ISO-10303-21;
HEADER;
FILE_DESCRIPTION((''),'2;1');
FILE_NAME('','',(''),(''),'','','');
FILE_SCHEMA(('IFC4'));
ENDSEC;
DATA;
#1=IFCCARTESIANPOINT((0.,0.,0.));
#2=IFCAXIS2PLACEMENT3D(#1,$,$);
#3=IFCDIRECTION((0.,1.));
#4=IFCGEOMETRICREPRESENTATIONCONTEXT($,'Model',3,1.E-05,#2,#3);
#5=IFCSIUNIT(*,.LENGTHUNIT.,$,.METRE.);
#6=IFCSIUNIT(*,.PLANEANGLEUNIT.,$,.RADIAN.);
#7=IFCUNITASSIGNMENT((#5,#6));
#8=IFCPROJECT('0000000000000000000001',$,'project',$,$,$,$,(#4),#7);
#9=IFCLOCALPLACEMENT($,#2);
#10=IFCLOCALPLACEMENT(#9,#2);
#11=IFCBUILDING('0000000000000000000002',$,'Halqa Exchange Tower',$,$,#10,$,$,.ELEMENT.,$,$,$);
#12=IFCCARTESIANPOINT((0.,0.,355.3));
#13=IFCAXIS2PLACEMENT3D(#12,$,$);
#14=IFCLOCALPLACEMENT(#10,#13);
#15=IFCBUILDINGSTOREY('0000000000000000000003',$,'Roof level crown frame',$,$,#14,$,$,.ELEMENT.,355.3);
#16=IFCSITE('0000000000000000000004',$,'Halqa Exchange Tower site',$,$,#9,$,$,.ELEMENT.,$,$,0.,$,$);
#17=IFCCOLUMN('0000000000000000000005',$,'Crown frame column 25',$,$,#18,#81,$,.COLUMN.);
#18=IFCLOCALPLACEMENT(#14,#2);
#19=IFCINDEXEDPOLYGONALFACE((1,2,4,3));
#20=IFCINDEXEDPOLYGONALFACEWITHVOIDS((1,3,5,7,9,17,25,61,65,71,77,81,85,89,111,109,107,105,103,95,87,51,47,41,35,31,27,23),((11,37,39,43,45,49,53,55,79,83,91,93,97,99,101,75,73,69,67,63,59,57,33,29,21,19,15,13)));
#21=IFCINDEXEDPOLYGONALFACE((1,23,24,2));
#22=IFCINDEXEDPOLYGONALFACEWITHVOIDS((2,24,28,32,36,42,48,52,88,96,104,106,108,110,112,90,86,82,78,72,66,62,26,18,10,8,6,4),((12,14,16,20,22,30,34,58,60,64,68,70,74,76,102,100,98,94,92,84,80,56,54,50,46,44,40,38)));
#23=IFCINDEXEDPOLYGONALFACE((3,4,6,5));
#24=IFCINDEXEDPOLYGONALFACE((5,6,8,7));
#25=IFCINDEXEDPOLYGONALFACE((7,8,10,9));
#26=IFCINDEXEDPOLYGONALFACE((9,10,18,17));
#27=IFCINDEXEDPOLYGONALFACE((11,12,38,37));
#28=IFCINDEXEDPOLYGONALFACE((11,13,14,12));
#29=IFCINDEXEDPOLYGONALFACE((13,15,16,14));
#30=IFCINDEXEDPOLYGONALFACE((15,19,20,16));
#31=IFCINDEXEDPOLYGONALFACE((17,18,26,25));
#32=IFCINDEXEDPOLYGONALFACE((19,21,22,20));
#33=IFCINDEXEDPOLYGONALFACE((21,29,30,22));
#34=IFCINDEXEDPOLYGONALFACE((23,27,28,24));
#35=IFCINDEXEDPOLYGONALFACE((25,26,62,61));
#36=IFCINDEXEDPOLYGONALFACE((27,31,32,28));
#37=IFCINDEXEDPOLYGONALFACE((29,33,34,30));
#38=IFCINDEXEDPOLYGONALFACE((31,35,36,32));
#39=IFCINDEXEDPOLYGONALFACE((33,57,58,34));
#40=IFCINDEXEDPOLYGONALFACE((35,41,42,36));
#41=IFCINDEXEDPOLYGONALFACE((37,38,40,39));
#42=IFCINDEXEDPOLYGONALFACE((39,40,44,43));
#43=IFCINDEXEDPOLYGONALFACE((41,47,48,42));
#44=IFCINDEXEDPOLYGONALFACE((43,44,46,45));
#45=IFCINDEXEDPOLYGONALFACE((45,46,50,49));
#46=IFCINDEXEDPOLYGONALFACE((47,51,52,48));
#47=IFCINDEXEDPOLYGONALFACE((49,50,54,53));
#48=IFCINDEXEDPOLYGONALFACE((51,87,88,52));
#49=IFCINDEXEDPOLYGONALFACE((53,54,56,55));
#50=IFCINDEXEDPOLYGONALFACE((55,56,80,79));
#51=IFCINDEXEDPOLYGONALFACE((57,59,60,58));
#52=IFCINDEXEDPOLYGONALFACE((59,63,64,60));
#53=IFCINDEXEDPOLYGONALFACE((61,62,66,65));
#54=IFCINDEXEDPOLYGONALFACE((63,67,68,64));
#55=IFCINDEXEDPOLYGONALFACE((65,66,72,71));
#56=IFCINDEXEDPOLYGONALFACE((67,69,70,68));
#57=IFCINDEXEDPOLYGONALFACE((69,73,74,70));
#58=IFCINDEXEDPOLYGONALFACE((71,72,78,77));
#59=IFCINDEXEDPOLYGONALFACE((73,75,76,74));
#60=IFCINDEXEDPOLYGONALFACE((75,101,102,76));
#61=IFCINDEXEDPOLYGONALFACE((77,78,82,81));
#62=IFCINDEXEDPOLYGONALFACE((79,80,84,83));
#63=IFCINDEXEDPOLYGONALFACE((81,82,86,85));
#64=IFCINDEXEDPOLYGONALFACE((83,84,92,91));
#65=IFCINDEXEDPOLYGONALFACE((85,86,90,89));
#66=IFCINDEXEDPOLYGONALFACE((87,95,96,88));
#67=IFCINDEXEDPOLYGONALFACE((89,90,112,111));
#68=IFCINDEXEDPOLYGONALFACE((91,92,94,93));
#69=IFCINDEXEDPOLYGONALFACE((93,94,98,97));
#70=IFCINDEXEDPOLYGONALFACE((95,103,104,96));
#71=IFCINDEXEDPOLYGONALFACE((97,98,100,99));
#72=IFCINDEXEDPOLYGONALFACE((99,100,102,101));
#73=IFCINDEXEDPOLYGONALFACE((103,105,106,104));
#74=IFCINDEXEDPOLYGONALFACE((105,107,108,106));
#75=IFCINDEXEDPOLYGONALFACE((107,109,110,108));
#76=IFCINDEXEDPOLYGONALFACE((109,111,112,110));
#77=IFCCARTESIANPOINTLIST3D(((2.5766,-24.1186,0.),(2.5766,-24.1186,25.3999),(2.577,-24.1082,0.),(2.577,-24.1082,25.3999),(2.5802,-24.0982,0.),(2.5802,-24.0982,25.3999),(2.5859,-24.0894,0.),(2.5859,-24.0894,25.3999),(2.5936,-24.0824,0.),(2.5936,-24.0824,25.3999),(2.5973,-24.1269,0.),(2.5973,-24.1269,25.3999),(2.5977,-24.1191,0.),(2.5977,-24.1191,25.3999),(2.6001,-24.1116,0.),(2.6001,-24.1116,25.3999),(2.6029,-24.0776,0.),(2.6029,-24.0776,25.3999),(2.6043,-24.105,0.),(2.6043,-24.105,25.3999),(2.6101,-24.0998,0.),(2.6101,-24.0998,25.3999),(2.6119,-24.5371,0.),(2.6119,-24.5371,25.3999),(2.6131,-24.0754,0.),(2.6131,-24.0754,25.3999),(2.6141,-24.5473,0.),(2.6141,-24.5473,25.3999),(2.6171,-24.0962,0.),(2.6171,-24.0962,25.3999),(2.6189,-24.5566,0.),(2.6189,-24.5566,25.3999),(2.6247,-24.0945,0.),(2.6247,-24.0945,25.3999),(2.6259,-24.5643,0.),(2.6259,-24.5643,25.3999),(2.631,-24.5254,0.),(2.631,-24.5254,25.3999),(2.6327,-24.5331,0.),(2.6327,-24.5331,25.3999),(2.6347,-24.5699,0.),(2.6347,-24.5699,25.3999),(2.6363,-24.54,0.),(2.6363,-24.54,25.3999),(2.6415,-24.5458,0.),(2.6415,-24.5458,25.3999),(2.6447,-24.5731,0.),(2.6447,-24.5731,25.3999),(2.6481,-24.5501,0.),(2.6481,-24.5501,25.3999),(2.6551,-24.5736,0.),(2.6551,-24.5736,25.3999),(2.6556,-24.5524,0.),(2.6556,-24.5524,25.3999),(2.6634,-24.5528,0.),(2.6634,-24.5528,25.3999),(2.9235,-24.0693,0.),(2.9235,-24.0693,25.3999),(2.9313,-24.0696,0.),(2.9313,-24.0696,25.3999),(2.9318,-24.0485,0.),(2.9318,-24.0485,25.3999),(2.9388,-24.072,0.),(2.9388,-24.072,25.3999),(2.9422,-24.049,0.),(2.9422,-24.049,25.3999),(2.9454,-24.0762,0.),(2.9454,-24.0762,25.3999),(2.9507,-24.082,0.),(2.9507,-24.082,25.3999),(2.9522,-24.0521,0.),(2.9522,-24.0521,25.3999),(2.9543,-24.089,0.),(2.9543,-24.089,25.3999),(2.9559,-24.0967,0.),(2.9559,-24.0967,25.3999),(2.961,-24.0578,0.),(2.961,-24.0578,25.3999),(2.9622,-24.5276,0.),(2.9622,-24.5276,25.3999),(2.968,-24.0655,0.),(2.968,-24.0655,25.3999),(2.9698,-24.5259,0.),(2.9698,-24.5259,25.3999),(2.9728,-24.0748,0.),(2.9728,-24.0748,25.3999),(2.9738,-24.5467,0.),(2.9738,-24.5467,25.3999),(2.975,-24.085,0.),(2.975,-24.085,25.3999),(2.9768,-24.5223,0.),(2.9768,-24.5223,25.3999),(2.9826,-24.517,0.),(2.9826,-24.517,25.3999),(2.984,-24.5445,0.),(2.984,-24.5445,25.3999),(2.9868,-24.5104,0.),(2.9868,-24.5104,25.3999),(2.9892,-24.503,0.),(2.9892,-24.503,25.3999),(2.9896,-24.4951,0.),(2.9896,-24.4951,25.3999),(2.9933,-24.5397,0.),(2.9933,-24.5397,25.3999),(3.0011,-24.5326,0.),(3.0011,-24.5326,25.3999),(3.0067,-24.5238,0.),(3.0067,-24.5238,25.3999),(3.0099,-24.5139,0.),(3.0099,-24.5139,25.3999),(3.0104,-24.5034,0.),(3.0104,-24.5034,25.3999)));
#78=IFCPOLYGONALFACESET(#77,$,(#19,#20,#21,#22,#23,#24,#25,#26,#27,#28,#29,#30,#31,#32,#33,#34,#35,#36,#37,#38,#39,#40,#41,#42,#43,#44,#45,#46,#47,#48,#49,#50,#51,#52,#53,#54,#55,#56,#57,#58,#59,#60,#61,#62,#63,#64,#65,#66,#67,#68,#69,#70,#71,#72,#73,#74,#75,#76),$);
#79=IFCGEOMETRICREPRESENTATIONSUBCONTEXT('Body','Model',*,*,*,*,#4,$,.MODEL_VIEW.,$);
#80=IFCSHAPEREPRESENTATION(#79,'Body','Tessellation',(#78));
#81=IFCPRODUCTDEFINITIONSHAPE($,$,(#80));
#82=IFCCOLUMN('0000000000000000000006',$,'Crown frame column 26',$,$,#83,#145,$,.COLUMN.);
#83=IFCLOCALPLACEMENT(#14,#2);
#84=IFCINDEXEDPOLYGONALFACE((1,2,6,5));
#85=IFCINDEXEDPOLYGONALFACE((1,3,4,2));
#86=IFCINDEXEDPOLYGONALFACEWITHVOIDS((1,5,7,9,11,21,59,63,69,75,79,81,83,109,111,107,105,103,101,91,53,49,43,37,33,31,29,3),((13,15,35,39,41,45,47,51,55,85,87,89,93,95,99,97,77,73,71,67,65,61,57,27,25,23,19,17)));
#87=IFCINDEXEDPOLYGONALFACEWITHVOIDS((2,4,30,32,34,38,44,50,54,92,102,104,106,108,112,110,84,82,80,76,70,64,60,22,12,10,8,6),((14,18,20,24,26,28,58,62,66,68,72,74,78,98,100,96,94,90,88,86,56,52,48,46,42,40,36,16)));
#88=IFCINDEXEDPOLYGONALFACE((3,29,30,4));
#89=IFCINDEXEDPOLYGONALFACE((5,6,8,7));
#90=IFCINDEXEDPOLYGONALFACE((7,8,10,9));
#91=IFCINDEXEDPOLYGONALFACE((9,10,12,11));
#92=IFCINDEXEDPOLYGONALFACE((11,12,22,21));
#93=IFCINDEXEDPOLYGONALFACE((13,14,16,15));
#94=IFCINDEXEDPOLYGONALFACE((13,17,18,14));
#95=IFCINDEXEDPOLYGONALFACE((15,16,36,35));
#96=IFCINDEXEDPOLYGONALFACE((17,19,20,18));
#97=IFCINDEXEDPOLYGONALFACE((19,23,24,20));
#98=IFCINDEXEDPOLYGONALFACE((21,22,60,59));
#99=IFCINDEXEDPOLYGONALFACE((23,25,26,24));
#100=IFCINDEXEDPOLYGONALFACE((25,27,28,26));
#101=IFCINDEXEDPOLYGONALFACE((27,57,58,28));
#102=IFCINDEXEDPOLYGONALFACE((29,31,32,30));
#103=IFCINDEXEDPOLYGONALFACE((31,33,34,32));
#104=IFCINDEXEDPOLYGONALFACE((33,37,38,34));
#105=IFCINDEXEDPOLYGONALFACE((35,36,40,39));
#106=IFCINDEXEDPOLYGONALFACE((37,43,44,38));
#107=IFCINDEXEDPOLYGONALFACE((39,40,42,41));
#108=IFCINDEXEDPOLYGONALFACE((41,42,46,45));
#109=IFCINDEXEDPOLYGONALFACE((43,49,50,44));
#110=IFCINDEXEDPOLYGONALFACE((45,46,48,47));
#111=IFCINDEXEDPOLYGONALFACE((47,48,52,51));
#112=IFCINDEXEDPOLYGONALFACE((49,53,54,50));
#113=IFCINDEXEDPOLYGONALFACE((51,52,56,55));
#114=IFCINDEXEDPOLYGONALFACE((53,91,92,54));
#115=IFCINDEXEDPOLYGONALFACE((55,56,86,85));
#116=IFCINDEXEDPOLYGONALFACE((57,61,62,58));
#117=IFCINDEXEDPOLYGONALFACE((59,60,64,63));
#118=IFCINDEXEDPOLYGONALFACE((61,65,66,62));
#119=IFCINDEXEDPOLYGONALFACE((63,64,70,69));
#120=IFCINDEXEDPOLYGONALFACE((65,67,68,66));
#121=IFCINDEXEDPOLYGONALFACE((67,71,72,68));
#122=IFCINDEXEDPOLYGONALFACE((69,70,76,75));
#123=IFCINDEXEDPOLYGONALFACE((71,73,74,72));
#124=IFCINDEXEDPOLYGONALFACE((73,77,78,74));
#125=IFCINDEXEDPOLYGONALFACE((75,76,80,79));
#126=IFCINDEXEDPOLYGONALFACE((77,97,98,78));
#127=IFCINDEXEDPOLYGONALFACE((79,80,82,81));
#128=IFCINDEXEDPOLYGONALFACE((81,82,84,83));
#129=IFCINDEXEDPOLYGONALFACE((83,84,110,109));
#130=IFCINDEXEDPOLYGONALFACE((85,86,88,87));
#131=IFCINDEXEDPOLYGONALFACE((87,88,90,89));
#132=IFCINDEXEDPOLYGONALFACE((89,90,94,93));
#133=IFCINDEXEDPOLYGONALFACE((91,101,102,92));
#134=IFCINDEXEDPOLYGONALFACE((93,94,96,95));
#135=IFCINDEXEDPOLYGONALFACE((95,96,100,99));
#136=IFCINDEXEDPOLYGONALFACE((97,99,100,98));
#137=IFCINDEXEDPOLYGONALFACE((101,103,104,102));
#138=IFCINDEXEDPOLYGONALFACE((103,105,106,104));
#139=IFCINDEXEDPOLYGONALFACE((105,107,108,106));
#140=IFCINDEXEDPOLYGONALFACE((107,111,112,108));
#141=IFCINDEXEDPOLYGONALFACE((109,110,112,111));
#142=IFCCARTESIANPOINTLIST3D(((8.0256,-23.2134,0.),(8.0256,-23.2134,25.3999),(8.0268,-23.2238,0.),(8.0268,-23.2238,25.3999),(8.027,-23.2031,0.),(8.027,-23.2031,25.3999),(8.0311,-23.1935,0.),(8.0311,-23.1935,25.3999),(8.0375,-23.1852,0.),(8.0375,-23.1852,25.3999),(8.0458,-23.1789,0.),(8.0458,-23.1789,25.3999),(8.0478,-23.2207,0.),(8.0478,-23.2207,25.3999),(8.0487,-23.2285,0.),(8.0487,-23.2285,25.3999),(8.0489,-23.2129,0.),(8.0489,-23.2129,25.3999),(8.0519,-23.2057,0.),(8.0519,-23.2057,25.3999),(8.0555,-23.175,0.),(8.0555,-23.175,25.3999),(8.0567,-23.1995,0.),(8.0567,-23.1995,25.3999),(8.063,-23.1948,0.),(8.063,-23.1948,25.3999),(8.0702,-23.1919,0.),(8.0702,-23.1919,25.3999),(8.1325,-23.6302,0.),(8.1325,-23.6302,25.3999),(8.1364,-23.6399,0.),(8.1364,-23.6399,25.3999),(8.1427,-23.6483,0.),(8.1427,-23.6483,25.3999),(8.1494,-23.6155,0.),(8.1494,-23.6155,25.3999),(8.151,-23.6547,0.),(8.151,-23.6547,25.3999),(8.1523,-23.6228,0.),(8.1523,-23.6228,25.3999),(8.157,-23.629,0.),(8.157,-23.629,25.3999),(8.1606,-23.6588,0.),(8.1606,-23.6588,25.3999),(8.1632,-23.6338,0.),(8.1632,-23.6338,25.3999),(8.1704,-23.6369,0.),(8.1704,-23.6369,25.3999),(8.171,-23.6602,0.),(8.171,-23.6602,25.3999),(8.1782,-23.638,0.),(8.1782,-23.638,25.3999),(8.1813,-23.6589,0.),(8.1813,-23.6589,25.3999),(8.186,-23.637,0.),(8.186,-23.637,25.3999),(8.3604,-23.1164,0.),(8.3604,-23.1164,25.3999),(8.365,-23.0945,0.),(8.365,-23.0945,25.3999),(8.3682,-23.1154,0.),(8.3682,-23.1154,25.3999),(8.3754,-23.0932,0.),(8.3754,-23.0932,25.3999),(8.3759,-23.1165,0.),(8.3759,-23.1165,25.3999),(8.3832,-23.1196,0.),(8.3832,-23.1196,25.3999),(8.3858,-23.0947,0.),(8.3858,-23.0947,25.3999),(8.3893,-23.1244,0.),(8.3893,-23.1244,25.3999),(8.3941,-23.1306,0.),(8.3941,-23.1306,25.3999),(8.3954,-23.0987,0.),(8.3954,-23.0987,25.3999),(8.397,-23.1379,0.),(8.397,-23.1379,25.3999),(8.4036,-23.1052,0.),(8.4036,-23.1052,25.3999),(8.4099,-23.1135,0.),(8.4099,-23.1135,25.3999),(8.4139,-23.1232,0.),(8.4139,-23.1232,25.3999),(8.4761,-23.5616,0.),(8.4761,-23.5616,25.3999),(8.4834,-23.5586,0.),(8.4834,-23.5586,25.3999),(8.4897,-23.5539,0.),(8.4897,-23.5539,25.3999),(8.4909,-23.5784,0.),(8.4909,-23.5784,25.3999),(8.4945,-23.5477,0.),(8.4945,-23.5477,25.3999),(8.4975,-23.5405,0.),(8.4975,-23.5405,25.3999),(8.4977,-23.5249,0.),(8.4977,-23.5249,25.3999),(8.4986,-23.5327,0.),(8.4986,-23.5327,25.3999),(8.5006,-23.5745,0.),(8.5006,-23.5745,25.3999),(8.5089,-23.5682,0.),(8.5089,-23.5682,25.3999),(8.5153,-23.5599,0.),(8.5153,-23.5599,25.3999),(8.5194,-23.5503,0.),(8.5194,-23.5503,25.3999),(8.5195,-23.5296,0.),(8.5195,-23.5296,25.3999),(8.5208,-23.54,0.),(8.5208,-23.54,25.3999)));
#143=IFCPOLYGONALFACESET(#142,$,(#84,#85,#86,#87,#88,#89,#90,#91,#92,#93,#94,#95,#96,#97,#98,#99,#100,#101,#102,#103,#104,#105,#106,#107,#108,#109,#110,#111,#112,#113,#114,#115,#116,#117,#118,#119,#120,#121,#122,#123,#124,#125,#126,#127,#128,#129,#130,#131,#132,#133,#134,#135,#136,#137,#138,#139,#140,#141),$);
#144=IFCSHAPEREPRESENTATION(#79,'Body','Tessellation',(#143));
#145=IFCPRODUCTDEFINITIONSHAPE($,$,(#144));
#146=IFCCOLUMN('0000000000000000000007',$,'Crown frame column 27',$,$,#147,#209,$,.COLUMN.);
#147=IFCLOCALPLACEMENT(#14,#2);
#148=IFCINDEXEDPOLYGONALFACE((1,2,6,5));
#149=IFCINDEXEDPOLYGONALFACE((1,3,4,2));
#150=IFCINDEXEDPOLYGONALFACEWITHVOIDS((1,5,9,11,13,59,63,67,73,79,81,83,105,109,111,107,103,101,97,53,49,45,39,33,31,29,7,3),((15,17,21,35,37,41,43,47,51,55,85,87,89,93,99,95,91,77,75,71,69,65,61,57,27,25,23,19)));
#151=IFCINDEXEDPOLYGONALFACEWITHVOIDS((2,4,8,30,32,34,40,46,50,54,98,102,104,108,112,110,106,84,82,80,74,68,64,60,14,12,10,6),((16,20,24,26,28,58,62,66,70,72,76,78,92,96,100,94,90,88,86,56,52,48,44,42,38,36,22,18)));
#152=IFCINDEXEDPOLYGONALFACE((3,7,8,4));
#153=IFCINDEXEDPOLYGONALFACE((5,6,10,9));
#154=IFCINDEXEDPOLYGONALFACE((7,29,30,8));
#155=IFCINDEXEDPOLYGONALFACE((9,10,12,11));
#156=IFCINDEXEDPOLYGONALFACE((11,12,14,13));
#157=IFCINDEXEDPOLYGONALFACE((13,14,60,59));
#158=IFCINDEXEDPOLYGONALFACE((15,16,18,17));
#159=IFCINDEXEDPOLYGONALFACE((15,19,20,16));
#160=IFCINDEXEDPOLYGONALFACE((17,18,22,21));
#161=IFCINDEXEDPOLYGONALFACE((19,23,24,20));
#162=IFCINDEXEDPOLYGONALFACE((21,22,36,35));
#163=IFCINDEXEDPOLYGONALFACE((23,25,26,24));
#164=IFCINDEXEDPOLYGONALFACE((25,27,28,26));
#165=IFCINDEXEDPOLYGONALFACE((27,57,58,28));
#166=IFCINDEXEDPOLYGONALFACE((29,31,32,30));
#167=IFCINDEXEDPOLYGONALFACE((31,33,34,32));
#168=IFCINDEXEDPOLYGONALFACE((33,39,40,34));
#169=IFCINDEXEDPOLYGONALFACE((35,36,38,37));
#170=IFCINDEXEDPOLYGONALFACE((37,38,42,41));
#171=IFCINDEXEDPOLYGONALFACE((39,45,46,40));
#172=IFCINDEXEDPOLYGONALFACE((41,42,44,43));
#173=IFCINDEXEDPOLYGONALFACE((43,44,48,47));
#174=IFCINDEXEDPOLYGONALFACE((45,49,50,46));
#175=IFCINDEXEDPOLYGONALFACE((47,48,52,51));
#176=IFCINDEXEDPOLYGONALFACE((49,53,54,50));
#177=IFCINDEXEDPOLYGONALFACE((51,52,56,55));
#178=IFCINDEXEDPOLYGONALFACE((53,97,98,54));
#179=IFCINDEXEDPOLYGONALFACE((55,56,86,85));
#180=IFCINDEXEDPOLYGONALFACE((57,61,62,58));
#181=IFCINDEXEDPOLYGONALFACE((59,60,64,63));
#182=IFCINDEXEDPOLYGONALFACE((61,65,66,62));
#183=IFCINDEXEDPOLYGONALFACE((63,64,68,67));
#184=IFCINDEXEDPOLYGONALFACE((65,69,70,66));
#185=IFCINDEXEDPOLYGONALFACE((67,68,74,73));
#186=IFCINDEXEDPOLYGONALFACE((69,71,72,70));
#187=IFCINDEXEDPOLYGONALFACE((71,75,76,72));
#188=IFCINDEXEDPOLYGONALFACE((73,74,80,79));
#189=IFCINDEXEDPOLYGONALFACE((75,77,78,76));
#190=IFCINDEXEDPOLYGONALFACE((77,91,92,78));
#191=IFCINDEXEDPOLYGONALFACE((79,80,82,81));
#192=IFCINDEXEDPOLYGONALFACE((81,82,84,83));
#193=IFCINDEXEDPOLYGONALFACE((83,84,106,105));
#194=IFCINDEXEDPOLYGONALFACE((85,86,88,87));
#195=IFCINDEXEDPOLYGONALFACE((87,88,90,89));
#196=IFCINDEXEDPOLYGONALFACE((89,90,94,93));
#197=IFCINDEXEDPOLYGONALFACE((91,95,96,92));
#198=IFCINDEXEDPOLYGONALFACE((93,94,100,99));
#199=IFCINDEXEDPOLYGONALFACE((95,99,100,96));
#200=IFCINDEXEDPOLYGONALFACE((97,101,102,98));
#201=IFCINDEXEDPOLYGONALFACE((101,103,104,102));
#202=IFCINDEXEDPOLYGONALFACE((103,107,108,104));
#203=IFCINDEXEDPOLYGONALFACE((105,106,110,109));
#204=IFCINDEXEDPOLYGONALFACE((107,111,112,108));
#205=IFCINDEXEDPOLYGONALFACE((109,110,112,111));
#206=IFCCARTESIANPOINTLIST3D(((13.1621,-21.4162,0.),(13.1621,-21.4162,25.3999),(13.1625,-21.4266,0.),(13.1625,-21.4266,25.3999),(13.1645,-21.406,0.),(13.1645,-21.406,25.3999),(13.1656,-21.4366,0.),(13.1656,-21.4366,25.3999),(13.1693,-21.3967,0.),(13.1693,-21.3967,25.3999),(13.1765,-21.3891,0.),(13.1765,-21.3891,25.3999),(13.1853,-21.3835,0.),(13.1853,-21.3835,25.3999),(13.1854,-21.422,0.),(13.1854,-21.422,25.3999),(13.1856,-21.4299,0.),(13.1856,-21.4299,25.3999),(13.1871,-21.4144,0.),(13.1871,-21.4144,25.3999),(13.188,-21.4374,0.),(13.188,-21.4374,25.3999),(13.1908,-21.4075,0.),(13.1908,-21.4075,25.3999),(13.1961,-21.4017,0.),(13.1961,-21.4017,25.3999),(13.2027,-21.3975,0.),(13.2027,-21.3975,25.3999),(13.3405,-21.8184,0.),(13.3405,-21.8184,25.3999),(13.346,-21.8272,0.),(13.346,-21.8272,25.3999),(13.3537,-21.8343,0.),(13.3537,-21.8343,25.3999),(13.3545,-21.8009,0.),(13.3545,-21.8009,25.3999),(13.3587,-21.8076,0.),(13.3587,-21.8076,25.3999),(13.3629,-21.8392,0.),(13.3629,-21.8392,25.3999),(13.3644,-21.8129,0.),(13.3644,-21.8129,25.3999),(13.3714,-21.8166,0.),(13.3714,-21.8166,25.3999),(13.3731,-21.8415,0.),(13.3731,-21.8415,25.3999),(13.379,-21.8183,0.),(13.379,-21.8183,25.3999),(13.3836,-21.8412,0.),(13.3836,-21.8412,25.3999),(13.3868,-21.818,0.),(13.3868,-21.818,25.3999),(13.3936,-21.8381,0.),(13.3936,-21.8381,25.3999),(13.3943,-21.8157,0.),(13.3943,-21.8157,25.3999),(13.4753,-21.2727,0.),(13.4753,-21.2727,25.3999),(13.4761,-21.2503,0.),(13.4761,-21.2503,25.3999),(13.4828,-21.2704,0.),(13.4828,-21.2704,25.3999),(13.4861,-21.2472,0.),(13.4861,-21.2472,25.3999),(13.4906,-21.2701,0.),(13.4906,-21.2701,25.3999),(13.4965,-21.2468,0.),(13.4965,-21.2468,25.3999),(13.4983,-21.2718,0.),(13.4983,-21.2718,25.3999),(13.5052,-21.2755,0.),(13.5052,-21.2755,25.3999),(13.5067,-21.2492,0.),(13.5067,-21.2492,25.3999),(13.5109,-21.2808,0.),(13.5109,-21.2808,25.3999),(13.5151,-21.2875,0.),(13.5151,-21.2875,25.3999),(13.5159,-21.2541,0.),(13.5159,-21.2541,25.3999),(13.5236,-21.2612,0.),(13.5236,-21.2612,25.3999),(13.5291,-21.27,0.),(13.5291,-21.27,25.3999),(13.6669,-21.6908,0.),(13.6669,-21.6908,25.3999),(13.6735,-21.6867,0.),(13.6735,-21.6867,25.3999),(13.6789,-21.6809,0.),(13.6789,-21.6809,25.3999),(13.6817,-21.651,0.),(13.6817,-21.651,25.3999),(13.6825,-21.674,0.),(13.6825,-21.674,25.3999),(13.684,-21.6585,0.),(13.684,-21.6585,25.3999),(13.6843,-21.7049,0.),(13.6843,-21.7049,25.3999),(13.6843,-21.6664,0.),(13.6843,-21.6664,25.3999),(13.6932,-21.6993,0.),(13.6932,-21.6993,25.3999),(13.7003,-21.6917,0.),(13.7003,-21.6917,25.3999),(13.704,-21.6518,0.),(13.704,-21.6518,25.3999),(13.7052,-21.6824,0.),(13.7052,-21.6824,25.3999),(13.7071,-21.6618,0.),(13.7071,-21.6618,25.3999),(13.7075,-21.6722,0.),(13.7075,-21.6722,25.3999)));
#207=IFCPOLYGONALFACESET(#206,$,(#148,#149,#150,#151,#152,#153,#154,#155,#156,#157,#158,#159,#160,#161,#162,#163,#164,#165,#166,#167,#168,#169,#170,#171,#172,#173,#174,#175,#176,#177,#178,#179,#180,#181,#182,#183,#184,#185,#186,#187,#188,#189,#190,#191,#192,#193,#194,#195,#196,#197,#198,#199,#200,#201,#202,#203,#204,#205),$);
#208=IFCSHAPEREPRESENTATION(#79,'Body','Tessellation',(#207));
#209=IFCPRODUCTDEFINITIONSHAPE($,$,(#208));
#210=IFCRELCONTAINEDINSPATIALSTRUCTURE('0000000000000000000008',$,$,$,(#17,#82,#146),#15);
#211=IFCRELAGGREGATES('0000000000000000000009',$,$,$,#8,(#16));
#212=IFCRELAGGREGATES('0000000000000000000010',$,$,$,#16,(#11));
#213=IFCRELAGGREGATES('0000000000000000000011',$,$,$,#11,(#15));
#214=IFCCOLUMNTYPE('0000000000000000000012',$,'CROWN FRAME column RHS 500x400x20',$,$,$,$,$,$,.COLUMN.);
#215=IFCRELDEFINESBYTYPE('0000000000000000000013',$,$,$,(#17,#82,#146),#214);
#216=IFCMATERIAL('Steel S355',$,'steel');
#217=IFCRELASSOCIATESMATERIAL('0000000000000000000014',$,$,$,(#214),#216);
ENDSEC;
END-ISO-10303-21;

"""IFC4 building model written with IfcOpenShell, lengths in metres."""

from ifc_helpers import new_model, si_unit, direction, frame, origin, origin_2d, place, context, subcontext, project, spatial, hollow_rectangle, extrude, material, material_profile, profile_set, type_object, element, save


model = new_model("IFC4")

# Units and contexts
model_context = context("Model", 3, precision=1e-05, world=origin(), true_north=direction((0.0, 1.0)))
body_context = subcontext(model_context, "Body", "Model", "MODEL_VIEW")
ifc_project = project(units=[si_unit("LENGTHUNIT", "METRE"), si_unit("PLANEANGLEUNIT", "RADIAN")], contexts=[model_context])

# Site, building, storey
site_placement = place(None, origin())
site = spatial("IfcSite", under=ifc_project, at=site_placement, Name="Halqa Exchange Tower site", CompositionType="ELEMENT", RefElevation=0.0)
building_placement = place(site_placement, origin())
building = spatial("IfcBuilding", under=site, at=building_placement, Name="Halqa Exchange Tower", CompositionType="ELEMENT")
storey_placement = place(building_placement, frame((0.0, 0.0, 355.3)))
storey = spatial("IfcBuildingStorey", under=building, at=storey_placement, Name="Roof level crown frame", CompositionType="ELEMENT", Elevation=355.3)

# Columns
ifc_material_1 = material(Name="Steel S355", Category="steel")
ifc_material_profile_1 = material_profile(ifc_material_1, hollow_rectangle(XDim=0.3999, YDim=0.5, WallThickness=0.02, InnerFilletRadius=0.03, OuterFilletRadius=0.04, at=origin_2d()), Name="RHS 500x400x20")
ifc_profile_set_1 = profile_set([ifc_material_profile_1], Name="Steel S355")
column_type = type_object("IfcColumnType", Name="CROWN FRAME column RHS 500x400x20", PredefinedType="COLUMN", material=ifc_profile_set_1)
for number, where, z_axis, x_axis, name in (
    (1, (2.7935, -24.311, 0.0), (0.0, 0.0, 1.0), (0.996455, 0.084127, 0.0), "Crown frame column 25"),
    (2, (8.2732, -23.3767, 0.0), (0.0, 0.0, 1.0), (0.967819, 0.251647, 0.0), "Crown frame column 26"),
    (3, (13.4348, -21.5442, 0.0), (0.0, 0.0, 1.0), (0.909129, 0.416516, 0.0), "Crown frame column 27"),
):
    element("IfcColumn", number, at=place(storey_placement, frame(where, z_axis=z_axis, x_axis=x_axis)), inside=storey, type_object=column_type, Name=name, PredefinedType="COLUMN", context=body_context, shape_type="SweptSolid", body=[
        extrude(hollow_rectangle(XDim=0.3999, YDim=0.5, WallThickness=0.02, InnerFilletRadius=0.03, OuterFilletRadius=0.04, at=origin_2d()), origin(), (0.0, 0.0, 1.0), 25.3999),
    ])

save(model, "model.ifc")
